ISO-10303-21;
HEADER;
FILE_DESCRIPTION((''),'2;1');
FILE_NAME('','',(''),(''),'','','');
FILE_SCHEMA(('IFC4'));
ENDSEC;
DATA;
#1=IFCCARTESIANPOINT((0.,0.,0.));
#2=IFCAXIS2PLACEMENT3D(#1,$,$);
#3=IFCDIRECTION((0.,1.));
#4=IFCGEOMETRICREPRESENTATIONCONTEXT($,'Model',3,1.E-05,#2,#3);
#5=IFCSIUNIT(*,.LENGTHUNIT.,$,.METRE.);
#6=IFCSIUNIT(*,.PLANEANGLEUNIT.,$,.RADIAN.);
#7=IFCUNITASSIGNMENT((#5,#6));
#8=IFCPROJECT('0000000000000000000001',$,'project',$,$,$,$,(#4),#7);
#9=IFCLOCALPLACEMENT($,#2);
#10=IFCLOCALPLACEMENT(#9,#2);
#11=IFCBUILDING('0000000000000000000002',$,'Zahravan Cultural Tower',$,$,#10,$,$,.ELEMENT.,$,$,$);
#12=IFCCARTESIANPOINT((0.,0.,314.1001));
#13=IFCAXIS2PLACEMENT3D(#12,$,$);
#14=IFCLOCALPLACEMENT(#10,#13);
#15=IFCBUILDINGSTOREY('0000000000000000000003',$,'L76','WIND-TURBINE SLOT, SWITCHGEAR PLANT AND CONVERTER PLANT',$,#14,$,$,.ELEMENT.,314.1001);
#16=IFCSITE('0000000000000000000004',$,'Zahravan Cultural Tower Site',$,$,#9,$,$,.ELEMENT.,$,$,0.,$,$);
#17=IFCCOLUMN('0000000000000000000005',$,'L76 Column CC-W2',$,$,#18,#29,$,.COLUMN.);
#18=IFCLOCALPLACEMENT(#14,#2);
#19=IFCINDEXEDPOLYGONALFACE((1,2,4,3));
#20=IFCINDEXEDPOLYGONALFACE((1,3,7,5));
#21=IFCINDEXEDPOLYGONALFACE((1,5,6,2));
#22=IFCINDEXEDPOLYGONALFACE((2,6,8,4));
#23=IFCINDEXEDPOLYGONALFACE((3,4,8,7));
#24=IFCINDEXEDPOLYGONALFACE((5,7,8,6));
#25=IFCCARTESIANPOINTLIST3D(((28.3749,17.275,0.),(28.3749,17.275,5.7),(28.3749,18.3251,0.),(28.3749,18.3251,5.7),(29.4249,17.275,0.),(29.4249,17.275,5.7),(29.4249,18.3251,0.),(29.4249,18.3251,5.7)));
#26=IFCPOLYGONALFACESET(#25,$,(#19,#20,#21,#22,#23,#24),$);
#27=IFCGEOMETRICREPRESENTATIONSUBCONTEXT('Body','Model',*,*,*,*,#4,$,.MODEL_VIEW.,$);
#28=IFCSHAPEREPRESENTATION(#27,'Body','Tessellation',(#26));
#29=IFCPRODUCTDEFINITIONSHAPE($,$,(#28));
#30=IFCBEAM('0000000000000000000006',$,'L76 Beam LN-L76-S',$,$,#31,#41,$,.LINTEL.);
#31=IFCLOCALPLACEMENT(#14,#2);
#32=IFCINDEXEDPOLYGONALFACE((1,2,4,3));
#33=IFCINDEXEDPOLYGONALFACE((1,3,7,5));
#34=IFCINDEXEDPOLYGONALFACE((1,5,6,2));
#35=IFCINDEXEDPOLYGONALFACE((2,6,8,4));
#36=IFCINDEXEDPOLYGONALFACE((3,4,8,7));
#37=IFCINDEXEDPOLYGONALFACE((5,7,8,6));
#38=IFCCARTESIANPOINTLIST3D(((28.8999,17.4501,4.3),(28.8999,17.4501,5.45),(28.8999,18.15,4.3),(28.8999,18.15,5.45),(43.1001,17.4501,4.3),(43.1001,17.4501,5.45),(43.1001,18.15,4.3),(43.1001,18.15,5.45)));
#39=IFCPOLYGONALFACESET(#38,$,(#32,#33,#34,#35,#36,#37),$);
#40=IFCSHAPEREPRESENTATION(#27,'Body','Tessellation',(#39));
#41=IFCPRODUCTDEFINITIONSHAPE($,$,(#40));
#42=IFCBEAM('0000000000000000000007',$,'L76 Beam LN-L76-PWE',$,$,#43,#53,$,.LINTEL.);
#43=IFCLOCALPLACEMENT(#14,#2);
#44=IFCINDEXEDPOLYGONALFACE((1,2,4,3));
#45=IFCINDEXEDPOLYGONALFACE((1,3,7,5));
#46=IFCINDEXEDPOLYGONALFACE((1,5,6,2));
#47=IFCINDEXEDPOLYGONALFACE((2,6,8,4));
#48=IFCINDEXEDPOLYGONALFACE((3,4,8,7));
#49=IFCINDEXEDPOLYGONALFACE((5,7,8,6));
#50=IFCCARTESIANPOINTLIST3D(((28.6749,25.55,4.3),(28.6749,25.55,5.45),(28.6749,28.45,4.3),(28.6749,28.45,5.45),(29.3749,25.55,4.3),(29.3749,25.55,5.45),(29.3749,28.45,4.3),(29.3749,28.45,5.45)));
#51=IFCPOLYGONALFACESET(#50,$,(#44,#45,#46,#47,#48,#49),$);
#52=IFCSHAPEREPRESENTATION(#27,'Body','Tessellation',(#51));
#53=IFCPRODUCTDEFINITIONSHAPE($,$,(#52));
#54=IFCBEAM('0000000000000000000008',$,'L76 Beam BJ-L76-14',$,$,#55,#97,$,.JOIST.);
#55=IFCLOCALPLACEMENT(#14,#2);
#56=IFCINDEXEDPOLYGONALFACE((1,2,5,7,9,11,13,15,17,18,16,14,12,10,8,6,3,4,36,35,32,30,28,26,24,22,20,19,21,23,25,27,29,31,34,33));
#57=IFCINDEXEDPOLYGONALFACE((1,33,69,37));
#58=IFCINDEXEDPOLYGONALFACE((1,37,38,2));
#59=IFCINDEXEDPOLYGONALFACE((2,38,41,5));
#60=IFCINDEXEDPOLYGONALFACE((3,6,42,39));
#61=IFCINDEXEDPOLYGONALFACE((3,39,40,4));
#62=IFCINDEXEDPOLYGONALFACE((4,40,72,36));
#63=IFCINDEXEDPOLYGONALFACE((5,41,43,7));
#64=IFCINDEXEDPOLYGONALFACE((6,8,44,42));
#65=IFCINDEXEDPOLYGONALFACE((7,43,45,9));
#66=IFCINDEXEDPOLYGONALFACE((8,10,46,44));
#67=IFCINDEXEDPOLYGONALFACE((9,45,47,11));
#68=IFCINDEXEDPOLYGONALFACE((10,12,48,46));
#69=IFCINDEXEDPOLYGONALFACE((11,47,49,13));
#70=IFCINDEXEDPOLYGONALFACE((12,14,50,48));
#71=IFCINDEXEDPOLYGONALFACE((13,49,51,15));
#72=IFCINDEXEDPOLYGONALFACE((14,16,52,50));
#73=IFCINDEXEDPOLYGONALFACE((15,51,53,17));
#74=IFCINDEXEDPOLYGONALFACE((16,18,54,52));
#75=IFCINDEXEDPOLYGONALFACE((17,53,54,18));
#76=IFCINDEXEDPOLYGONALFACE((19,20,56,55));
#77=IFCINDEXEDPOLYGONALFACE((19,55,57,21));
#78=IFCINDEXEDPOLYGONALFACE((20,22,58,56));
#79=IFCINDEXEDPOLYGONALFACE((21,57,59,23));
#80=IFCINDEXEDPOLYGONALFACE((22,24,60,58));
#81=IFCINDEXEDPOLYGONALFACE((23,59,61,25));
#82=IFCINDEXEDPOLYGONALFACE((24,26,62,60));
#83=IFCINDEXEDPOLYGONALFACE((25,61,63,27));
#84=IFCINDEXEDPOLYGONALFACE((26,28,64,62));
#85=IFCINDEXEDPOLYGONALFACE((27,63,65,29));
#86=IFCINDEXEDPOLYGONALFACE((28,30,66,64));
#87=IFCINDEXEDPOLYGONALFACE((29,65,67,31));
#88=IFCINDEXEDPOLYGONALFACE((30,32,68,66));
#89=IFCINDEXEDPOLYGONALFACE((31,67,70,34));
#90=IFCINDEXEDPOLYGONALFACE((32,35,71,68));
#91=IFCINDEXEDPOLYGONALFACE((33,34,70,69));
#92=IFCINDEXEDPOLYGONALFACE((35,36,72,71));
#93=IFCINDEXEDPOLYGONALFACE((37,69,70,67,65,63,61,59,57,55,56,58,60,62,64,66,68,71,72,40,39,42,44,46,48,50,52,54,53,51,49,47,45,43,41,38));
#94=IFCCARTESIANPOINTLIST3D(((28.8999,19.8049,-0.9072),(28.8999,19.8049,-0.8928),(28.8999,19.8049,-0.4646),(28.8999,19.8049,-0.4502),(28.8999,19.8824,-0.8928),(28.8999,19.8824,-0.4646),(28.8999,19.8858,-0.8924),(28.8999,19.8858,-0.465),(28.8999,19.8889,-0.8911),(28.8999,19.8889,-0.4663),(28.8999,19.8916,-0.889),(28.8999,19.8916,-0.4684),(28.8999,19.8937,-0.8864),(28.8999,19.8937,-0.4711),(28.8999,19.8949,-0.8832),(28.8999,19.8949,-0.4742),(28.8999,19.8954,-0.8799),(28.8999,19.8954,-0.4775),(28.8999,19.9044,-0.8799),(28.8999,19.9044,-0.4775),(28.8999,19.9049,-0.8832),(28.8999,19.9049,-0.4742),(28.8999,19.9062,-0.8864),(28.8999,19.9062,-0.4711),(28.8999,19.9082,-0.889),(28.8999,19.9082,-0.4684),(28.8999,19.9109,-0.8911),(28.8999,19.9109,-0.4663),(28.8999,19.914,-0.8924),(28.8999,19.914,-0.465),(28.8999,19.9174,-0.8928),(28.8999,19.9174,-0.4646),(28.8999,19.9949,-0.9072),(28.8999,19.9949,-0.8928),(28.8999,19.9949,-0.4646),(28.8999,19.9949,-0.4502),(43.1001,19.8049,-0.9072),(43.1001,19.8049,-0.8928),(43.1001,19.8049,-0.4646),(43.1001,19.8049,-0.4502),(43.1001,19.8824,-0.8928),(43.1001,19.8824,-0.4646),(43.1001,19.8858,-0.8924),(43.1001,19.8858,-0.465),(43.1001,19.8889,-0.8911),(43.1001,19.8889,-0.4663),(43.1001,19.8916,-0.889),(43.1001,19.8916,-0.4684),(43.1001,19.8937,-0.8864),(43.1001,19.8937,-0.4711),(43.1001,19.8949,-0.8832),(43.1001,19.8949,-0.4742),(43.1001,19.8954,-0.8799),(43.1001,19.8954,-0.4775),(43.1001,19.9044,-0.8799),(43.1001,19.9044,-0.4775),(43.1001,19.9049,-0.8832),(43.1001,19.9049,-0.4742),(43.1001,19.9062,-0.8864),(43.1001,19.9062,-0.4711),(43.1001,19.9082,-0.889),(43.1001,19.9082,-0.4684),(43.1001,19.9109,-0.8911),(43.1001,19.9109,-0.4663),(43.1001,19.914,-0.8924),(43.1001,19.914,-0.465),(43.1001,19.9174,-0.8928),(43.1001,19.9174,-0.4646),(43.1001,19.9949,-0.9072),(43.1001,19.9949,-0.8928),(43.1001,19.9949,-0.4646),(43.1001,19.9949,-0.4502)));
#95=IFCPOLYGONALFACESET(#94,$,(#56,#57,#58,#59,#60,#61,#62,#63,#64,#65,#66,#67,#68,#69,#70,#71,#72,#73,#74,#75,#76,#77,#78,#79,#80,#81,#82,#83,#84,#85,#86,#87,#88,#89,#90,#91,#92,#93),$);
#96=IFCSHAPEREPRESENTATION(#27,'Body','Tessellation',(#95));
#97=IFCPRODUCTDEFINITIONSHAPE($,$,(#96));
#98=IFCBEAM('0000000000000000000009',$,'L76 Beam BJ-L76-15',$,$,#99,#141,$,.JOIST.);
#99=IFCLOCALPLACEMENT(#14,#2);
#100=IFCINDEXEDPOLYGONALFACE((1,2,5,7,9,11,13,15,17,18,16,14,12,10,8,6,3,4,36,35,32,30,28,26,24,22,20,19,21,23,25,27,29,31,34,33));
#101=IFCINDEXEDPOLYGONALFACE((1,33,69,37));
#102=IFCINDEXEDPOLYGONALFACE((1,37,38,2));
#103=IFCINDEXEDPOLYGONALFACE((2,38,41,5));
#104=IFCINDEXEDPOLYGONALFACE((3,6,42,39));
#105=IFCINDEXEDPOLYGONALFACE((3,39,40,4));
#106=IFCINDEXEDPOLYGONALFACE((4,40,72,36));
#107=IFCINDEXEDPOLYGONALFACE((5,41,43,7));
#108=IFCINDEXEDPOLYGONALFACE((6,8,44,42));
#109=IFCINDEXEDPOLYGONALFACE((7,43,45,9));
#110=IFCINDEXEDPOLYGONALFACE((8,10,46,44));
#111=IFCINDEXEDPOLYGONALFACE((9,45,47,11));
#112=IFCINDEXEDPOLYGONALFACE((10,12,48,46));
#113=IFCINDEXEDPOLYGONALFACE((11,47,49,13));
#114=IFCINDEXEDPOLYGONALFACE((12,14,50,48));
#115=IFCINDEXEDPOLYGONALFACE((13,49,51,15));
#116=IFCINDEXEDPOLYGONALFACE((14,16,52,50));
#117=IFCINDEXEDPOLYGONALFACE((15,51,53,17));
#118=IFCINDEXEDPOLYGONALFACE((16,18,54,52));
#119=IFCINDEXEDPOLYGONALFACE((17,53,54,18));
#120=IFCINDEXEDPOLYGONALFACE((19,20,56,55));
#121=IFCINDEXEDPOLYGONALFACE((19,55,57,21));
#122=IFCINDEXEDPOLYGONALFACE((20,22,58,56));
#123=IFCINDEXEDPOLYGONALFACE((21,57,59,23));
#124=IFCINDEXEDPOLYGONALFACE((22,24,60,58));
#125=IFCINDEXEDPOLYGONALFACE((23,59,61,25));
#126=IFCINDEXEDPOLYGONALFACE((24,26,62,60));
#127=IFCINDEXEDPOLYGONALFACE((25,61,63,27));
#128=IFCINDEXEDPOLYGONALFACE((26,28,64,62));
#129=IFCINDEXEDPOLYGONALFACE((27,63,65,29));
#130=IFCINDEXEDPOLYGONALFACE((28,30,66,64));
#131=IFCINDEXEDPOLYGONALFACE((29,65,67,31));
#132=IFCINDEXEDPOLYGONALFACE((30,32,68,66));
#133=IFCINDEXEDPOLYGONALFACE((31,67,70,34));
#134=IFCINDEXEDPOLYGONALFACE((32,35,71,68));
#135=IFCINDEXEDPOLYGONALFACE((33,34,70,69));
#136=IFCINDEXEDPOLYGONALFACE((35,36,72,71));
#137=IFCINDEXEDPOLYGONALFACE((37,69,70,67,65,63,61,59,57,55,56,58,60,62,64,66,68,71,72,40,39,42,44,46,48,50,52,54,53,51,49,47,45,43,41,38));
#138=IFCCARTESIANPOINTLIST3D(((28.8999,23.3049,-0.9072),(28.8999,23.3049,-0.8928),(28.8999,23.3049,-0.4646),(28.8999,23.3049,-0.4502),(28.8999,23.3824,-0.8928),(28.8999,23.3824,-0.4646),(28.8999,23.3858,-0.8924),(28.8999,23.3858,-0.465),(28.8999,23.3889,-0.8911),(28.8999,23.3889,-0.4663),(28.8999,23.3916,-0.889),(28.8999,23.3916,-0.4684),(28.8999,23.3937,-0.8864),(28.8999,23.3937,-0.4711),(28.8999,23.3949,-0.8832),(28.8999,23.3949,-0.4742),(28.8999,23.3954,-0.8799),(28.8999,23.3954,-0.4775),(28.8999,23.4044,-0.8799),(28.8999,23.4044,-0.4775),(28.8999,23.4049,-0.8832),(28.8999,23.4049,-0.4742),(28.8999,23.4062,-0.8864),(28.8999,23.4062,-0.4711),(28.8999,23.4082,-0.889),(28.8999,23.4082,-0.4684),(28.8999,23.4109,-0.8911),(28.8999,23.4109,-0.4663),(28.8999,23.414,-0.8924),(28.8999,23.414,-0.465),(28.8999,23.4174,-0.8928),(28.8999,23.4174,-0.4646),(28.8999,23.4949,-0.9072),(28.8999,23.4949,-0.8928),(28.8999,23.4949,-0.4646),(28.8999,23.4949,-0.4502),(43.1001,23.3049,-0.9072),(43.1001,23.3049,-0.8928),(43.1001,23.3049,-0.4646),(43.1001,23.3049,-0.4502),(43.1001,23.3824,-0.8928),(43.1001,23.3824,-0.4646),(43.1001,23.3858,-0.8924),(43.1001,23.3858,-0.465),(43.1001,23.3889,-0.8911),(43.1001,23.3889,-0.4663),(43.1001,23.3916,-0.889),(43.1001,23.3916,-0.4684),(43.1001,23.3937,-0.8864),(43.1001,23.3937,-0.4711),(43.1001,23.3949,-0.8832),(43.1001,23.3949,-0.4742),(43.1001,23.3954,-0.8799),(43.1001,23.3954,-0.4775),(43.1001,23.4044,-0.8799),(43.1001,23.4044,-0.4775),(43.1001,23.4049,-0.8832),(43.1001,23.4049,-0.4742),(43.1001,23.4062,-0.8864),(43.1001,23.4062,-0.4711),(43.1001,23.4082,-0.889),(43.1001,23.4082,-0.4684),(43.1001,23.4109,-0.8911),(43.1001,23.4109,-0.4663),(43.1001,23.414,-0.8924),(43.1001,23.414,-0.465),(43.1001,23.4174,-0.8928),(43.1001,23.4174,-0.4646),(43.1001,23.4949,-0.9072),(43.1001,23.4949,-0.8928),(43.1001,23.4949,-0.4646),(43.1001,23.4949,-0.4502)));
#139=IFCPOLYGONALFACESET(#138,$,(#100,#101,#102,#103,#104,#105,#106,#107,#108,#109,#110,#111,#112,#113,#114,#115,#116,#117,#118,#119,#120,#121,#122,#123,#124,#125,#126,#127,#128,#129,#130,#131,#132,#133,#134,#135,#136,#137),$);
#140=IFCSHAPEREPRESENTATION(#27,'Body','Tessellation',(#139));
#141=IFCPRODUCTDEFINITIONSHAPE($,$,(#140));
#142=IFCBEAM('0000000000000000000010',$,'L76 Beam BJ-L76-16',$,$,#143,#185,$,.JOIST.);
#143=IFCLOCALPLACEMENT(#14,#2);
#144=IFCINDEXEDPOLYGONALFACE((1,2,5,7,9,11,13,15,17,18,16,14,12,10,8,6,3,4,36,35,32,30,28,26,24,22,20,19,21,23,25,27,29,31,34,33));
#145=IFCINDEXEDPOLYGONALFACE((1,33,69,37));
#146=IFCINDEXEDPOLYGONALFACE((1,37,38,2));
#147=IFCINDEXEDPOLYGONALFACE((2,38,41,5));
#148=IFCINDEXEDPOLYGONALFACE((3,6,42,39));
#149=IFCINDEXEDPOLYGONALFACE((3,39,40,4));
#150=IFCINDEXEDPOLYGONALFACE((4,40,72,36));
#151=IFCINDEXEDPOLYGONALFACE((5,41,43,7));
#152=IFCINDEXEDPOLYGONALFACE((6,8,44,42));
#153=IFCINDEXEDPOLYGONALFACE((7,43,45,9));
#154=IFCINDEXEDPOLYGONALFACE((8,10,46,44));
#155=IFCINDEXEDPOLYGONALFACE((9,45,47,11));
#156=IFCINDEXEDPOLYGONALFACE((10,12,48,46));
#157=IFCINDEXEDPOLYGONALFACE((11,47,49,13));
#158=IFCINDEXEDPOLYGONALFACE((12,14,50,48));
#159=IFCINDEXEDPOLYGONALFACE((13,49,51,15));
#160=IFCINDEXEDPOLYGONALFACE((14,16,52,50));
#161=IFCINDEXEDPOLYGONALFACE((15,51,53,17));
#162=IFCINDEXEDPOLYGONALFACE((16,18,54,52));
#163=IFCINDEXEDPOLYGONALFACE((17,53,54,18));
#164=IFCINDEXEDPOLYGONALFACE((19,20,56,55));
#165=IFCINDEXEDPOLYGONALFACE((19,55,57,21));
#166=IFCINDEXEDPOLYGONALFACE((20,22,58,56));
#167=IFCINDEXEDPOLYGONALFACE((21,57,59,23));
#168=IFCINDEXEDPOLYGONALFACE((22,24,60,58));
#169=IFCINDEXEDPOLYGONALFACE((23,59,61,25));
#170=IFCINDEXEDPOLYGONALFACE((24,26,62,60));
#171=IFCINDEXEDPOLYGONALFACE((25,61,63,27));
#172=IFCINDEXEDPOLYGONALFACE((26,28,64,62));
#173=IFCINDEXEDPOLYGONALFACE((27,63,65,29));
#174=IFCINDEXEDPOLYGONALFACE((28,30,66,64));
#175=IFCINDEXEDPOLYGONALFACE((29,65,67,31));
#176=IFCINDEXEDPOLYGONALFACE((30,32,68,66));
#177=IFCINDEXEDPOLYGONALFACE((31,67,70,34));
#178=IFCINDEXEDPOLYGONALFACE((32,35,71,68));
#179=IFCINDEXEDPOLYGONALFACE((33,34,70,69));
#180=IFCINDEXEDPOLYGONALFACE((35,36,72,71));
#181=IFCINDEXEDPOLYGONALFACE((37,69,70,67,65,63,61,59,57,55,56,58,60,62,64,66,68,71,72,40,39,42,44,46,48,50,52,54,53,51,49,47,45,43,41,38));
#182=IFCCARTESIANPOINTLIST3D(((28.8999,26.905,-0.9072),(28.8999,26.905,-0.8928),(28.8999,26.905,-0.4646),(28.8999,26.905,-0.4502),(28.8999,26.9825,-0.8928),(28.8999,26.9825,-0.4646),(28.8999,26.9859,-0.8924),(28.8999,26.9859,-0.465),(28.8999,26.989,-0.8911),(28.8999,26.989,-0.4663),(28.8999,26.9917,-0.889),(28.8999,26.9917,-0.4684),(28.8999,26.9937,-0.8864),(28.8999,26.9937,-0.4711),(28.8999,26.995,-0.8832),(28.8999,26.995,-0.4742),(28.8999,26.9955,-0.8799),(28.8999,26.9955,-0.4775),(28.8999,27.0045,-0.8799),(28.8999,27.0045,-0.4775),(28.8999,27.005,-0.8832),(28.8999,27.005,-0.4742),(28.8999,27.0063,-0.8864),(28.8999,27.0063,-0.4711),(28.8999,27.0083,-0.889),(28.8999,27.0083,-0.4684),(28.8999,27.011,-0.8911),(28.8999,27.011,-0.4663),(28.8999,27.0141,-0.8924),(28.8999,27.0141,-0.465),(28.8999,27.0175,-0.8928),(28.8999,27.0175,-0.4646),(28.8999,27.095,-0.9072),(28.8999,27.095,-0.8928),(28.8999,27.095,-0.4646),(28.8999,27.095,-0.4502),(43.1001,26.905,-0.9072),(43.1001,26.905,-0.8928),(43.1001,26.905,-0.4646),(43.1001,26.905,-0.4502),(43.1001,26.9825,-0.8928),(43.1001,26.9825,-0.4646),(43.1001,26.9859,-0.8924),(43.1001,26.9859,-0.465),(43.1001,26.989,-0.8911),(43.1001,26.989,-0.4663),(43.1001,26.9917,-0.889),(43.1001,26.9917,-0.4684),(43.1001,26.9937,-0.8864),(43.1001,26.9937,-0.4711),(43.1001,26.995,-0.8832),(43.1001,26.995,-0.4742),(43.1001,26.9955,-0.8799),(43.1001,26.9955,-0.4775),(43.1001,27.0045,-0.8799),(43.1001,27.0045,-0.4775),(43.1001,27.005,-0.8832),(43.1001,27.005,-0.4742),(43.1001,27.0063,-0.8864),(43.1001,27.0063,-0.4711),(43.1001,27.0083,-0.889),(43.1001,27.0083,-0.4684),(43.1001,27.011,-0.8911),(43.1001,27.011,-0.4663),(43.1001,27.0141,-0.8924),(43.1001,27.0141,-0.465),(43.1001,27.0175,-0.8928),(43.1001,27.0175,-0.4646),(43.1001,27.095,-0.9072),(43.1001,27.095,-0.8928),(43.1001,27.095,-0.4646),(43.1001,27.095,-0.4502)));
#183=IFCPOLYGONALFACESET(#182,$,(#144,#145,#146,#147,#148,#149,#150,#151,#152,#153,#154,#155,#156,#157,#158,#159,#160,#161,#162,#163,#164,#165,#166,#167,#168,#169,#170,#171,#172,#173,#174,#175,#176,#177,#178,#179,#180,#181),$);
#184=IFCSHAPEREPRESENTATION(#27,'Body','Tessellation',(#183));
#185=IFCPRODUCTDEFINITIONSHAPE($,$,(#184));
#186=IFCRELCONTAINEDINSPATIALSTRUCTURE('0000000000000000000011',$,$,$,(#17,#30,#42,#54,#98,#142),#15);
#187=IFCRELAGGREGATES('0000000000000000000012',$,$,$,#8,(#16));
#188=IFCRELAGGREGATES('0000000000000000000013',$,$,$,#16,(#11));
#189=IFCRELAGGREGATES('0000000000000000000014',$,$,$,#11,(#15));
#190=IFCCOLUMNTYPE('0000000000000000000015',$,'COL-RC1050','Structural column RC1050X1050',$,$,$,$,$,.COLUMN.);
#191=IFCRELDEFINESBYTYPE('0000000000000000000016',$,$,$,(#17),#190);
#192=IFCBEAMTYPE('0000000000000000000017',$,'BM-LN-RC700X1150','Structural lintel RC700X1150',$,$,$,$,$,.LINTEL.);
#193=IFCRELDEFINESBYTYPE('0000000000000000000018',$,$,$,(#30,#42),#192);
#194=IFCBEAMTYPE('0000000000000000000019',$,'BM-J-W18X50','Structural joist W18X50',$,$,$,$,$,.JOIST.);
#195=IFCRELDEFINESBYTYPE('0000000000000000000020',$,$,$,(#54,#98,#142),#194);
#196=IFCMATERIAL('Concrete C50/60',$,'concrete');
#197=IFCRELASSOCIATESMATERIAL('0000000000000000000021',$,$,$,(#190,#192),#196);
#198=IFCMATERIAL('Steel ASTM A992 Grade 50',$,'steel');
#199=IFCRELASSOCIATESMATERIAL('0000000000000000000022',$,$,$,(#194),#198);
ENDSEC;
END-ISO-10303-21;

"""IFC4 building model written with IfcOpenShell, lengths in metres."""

from ifc_helpers import new_model, si_unit, direction, frame, origin, origin_2d, place, context, subcontext, project, spatial, rectangle, i_section, extrude, source, transform, mapped, material, material_profile, profile_set, type_object, element, save


model = new_model("IFC4")

# Units and contexts
model_context = context("Model", 3, precision=1e-05, world=origin(), true_north=direction((0.0, 1.0)))
body_context = subcontext(model_context, "Body", "Model", "MODEL_VIEW")
ifc_project = project(units=[si_unit("LENGTHUNIT", "METRE"), si_unit("PLANEANGLEUNIT", "RADIAN")], contexts=[model_context])

# Site, building, storey
site_placement = place(None, origin())
site = spatial("IfcSite", under=ifc_project, at=site_placement, Name="Zahravan Cultural Tower Site", CompositionType="ELEMENT", RefElevation=0.0)
building_placement = place(site_placement, origin())
building = spatial("IfcBuilding", under=site, at=building_placement, Name="Zahravan Cultural Tower", CompositionType="ELEMENT")
storey_placement = place(building_placement, frame((0.0, 0.0, 314.1001)))
storey = spatial("IfcBuildingStorey", under=building, at=storey_placement, Name="L76", Description="WIND-TURBINE SLOT, SWITCHGEAR PLANT AND CONVERTER PLANT", CompositionType="ELEMENT", Elevation=314.1001)

# Column
ifc_material_1 = material(Name="Concrete C50/60", Category="concrete")
ifc_material_profile_1 = material_profile(ifc_material_1, rectangle(XDim=1.05, YDim=1.05, at=origin_2d()), Name="RC1050X1050")
ifc_profile_set_1 = profile_set([ifc_material_profile_1], Name="Concrete C50/60")
column_type = type_object("IfcColumnType", Name="COL-RC1050", Description="Structural column RC1050X1050", PredefinedType="COLUMN", material=ifc_profile_set_1)
shared_shape_1 = source(origin(), body_context, "Body", "SweptSolid", [
    extrude(rectangle(XDim=1.05, YDim=1.05, at=origin_2d()), origin(), (0.0, 0.0, 1.0), 5.7),
])
column_placement = place(storey_placement, frame((28.8999, 17.8, 0.0), z_axis=(0.0, 0.0, 1.0), x_axis=(1.0, 0.0, 0.0)))
element("IfcColumn", 1, at=column_placement, inside=storey, type_object=column_type, Name="L76 Column CC-W2", PredefinedType="COLUMN", context=body_context, shape_type="MappedRepresentation", body=[
    mapped(shared_shape_1, transform((0.0, 0.0, 0.0), x_axis=(1.0, 0.0, 0.0), y_axis=(0.0, 1.0, 0.0), z_axis=(0.0, 0.0, 1.0), scale=1.0)),
])

# Beams
ifc_material_profile_2 = material_profile(ifc_material_1, rectangle(XDim=0.7, YDim=1.1499, at=origin_2d()), Name="RC700X1150")
ifc_profile_set_2 = profile_set([ifc_material_profile_2], Name="Concrete C50/60")
beam_type_1 = type_object("IfcBeamType", Name="BM-LN-RC700X1150", Description="Structural lintel RC700X1150", PredefinedType="LINTEL", material=ifc_profile_set_2)
shared_shape_2 = source(origin(), body_context, "Body", "SweptSolid", [
    extrude(rectangle(XDim=0.7, YDim=1.1499, at=origin_2d()), origin(), (0.0, 0.0, 1.0), 14.2002),
])
beam_1_placement = place(storey_placement, frame((28.8999, 17.8, 4.875), z_axis=(1.0, 0.0, 0.0), x_axis=(0.0, 1.0, 0.0)))
element("IfcBeam", 2, at=beam_1_placement, inside=storey, type_object=beam_type_1, Name="L76 Beam LN-L76-S", PredefinedType="LINTEL", context=body_context, shape_type="MappedRepresentation", body=[
    mapped(shared_shape_2, transform((0.0, 0.0, 0.0), x_axis=(1.0, 0.0, 0.0), y_axis=(0.0, 1.0, 0.0), z_axis=(0.0, 0.0, 1.0), scale=1.0)),
])
shared_shape_3 = source(origin(), body_context, "Body", "SweptSolid", [
    extrude(rectangle(XDim=0.7, YDim=1.1499, at=origin_2d()), origin(), (0.0, 0.0, 1.0), 2.8999),
])
beam_2_placement = place(storey_placement, frame((29.0249, 25.55, 4.875), z_axis=(0.0, 1.0, 0.0), x_axis=(-1.0, 0.0, 0.0)))
element("IfcBeam", 3, at=beam_2_placement, inside=storey, type_object=beam_type_1, Name="L76 Beam LN-L76-PWE", PredefinedType="LINTEL", context=body_context, shape_type="MappedRepresentation", body=[
    mapped(shared_shape_3, transform((0.0, 0.0, 0.0), x_axis=(1.0, 0.0, 0.0), y_axis=(0.0, 1.0, 0.0), z_axis=(0.0, 0.0, 1.0), scale=1.0)),
])
ifc_material_2 = material(Name="Steel ASTM A992 Grade 50", Category="steel")
ifc_material_profile_3 = material_profile(ifc_material_2, i_section(OverallWidth=0.1899, OverallDepth=0.457, WebThickness=0.009, FlangeThickness=0.0144, FilletRadius=0.0129, at=origin_2d()), Name="W18X50")
ifc_profile_set_3 = profile_set([ifc_material_profile_3], Name="Steel ASTM A992 Grade 50")
beam_type_2 = type_object("IfcBeamType", Name="BM-J-W18X50", Description="Structural joist W18X50", PredefinedType="JOIST", material=ifc_profile_set_3)
shared_shape_4 = source(origin(), body_context, "Body", "SweptSolid", [
    extrude(i_section(OverallWidth=0.1899, OverallDepth=0.457, WebThickness=0.009, FlangeThickness=0.0144, FilletRadius=0.0129, at=origin_2d()), origin(), (0.0, 0.0, 1.0), 14.2002),
])
for number, where, z_axis, x_axis, name in (
    (4, (28.8999, 19.8999, -0.6787), (1.0, 0.0, 0.0), (0.0, 1.0, 0.0), "L76 Beam BJ-L76-14"),
    (5, (28.8999, 23.3999, -0.6787), (1.0, 0.0, 0.0), (0.0, 1.0, 0.0), "L76 Beam BJ-L76-15"),
    (6, (28.8999, 27.0, -0.6787), (1.0, 0.0, 0.0), (0.0, 1.0, 0.0), "L76 Beam BJ-L76-16"),
):
    element("IfcBeam", number, at=place(storey_placement, frame(where, z_axis=z_axis, x_axis=x_axis)), inside=storey, type_object=beam_type_2, Name=name, PredefinedType="JOIST", context=body_context, shape_type="MappedRepresentation", body=[
        mapped(shared_shape_4, transform((0.0, 0.0, 0.0), x_axis=(1.0, 0.0, 0.0), y_axis=(0.0, 1.0, 0.0), z_axis=(0.0, 0.0, 1.0), scale=1.0)),
    ])

save(model, "model.ifc")
